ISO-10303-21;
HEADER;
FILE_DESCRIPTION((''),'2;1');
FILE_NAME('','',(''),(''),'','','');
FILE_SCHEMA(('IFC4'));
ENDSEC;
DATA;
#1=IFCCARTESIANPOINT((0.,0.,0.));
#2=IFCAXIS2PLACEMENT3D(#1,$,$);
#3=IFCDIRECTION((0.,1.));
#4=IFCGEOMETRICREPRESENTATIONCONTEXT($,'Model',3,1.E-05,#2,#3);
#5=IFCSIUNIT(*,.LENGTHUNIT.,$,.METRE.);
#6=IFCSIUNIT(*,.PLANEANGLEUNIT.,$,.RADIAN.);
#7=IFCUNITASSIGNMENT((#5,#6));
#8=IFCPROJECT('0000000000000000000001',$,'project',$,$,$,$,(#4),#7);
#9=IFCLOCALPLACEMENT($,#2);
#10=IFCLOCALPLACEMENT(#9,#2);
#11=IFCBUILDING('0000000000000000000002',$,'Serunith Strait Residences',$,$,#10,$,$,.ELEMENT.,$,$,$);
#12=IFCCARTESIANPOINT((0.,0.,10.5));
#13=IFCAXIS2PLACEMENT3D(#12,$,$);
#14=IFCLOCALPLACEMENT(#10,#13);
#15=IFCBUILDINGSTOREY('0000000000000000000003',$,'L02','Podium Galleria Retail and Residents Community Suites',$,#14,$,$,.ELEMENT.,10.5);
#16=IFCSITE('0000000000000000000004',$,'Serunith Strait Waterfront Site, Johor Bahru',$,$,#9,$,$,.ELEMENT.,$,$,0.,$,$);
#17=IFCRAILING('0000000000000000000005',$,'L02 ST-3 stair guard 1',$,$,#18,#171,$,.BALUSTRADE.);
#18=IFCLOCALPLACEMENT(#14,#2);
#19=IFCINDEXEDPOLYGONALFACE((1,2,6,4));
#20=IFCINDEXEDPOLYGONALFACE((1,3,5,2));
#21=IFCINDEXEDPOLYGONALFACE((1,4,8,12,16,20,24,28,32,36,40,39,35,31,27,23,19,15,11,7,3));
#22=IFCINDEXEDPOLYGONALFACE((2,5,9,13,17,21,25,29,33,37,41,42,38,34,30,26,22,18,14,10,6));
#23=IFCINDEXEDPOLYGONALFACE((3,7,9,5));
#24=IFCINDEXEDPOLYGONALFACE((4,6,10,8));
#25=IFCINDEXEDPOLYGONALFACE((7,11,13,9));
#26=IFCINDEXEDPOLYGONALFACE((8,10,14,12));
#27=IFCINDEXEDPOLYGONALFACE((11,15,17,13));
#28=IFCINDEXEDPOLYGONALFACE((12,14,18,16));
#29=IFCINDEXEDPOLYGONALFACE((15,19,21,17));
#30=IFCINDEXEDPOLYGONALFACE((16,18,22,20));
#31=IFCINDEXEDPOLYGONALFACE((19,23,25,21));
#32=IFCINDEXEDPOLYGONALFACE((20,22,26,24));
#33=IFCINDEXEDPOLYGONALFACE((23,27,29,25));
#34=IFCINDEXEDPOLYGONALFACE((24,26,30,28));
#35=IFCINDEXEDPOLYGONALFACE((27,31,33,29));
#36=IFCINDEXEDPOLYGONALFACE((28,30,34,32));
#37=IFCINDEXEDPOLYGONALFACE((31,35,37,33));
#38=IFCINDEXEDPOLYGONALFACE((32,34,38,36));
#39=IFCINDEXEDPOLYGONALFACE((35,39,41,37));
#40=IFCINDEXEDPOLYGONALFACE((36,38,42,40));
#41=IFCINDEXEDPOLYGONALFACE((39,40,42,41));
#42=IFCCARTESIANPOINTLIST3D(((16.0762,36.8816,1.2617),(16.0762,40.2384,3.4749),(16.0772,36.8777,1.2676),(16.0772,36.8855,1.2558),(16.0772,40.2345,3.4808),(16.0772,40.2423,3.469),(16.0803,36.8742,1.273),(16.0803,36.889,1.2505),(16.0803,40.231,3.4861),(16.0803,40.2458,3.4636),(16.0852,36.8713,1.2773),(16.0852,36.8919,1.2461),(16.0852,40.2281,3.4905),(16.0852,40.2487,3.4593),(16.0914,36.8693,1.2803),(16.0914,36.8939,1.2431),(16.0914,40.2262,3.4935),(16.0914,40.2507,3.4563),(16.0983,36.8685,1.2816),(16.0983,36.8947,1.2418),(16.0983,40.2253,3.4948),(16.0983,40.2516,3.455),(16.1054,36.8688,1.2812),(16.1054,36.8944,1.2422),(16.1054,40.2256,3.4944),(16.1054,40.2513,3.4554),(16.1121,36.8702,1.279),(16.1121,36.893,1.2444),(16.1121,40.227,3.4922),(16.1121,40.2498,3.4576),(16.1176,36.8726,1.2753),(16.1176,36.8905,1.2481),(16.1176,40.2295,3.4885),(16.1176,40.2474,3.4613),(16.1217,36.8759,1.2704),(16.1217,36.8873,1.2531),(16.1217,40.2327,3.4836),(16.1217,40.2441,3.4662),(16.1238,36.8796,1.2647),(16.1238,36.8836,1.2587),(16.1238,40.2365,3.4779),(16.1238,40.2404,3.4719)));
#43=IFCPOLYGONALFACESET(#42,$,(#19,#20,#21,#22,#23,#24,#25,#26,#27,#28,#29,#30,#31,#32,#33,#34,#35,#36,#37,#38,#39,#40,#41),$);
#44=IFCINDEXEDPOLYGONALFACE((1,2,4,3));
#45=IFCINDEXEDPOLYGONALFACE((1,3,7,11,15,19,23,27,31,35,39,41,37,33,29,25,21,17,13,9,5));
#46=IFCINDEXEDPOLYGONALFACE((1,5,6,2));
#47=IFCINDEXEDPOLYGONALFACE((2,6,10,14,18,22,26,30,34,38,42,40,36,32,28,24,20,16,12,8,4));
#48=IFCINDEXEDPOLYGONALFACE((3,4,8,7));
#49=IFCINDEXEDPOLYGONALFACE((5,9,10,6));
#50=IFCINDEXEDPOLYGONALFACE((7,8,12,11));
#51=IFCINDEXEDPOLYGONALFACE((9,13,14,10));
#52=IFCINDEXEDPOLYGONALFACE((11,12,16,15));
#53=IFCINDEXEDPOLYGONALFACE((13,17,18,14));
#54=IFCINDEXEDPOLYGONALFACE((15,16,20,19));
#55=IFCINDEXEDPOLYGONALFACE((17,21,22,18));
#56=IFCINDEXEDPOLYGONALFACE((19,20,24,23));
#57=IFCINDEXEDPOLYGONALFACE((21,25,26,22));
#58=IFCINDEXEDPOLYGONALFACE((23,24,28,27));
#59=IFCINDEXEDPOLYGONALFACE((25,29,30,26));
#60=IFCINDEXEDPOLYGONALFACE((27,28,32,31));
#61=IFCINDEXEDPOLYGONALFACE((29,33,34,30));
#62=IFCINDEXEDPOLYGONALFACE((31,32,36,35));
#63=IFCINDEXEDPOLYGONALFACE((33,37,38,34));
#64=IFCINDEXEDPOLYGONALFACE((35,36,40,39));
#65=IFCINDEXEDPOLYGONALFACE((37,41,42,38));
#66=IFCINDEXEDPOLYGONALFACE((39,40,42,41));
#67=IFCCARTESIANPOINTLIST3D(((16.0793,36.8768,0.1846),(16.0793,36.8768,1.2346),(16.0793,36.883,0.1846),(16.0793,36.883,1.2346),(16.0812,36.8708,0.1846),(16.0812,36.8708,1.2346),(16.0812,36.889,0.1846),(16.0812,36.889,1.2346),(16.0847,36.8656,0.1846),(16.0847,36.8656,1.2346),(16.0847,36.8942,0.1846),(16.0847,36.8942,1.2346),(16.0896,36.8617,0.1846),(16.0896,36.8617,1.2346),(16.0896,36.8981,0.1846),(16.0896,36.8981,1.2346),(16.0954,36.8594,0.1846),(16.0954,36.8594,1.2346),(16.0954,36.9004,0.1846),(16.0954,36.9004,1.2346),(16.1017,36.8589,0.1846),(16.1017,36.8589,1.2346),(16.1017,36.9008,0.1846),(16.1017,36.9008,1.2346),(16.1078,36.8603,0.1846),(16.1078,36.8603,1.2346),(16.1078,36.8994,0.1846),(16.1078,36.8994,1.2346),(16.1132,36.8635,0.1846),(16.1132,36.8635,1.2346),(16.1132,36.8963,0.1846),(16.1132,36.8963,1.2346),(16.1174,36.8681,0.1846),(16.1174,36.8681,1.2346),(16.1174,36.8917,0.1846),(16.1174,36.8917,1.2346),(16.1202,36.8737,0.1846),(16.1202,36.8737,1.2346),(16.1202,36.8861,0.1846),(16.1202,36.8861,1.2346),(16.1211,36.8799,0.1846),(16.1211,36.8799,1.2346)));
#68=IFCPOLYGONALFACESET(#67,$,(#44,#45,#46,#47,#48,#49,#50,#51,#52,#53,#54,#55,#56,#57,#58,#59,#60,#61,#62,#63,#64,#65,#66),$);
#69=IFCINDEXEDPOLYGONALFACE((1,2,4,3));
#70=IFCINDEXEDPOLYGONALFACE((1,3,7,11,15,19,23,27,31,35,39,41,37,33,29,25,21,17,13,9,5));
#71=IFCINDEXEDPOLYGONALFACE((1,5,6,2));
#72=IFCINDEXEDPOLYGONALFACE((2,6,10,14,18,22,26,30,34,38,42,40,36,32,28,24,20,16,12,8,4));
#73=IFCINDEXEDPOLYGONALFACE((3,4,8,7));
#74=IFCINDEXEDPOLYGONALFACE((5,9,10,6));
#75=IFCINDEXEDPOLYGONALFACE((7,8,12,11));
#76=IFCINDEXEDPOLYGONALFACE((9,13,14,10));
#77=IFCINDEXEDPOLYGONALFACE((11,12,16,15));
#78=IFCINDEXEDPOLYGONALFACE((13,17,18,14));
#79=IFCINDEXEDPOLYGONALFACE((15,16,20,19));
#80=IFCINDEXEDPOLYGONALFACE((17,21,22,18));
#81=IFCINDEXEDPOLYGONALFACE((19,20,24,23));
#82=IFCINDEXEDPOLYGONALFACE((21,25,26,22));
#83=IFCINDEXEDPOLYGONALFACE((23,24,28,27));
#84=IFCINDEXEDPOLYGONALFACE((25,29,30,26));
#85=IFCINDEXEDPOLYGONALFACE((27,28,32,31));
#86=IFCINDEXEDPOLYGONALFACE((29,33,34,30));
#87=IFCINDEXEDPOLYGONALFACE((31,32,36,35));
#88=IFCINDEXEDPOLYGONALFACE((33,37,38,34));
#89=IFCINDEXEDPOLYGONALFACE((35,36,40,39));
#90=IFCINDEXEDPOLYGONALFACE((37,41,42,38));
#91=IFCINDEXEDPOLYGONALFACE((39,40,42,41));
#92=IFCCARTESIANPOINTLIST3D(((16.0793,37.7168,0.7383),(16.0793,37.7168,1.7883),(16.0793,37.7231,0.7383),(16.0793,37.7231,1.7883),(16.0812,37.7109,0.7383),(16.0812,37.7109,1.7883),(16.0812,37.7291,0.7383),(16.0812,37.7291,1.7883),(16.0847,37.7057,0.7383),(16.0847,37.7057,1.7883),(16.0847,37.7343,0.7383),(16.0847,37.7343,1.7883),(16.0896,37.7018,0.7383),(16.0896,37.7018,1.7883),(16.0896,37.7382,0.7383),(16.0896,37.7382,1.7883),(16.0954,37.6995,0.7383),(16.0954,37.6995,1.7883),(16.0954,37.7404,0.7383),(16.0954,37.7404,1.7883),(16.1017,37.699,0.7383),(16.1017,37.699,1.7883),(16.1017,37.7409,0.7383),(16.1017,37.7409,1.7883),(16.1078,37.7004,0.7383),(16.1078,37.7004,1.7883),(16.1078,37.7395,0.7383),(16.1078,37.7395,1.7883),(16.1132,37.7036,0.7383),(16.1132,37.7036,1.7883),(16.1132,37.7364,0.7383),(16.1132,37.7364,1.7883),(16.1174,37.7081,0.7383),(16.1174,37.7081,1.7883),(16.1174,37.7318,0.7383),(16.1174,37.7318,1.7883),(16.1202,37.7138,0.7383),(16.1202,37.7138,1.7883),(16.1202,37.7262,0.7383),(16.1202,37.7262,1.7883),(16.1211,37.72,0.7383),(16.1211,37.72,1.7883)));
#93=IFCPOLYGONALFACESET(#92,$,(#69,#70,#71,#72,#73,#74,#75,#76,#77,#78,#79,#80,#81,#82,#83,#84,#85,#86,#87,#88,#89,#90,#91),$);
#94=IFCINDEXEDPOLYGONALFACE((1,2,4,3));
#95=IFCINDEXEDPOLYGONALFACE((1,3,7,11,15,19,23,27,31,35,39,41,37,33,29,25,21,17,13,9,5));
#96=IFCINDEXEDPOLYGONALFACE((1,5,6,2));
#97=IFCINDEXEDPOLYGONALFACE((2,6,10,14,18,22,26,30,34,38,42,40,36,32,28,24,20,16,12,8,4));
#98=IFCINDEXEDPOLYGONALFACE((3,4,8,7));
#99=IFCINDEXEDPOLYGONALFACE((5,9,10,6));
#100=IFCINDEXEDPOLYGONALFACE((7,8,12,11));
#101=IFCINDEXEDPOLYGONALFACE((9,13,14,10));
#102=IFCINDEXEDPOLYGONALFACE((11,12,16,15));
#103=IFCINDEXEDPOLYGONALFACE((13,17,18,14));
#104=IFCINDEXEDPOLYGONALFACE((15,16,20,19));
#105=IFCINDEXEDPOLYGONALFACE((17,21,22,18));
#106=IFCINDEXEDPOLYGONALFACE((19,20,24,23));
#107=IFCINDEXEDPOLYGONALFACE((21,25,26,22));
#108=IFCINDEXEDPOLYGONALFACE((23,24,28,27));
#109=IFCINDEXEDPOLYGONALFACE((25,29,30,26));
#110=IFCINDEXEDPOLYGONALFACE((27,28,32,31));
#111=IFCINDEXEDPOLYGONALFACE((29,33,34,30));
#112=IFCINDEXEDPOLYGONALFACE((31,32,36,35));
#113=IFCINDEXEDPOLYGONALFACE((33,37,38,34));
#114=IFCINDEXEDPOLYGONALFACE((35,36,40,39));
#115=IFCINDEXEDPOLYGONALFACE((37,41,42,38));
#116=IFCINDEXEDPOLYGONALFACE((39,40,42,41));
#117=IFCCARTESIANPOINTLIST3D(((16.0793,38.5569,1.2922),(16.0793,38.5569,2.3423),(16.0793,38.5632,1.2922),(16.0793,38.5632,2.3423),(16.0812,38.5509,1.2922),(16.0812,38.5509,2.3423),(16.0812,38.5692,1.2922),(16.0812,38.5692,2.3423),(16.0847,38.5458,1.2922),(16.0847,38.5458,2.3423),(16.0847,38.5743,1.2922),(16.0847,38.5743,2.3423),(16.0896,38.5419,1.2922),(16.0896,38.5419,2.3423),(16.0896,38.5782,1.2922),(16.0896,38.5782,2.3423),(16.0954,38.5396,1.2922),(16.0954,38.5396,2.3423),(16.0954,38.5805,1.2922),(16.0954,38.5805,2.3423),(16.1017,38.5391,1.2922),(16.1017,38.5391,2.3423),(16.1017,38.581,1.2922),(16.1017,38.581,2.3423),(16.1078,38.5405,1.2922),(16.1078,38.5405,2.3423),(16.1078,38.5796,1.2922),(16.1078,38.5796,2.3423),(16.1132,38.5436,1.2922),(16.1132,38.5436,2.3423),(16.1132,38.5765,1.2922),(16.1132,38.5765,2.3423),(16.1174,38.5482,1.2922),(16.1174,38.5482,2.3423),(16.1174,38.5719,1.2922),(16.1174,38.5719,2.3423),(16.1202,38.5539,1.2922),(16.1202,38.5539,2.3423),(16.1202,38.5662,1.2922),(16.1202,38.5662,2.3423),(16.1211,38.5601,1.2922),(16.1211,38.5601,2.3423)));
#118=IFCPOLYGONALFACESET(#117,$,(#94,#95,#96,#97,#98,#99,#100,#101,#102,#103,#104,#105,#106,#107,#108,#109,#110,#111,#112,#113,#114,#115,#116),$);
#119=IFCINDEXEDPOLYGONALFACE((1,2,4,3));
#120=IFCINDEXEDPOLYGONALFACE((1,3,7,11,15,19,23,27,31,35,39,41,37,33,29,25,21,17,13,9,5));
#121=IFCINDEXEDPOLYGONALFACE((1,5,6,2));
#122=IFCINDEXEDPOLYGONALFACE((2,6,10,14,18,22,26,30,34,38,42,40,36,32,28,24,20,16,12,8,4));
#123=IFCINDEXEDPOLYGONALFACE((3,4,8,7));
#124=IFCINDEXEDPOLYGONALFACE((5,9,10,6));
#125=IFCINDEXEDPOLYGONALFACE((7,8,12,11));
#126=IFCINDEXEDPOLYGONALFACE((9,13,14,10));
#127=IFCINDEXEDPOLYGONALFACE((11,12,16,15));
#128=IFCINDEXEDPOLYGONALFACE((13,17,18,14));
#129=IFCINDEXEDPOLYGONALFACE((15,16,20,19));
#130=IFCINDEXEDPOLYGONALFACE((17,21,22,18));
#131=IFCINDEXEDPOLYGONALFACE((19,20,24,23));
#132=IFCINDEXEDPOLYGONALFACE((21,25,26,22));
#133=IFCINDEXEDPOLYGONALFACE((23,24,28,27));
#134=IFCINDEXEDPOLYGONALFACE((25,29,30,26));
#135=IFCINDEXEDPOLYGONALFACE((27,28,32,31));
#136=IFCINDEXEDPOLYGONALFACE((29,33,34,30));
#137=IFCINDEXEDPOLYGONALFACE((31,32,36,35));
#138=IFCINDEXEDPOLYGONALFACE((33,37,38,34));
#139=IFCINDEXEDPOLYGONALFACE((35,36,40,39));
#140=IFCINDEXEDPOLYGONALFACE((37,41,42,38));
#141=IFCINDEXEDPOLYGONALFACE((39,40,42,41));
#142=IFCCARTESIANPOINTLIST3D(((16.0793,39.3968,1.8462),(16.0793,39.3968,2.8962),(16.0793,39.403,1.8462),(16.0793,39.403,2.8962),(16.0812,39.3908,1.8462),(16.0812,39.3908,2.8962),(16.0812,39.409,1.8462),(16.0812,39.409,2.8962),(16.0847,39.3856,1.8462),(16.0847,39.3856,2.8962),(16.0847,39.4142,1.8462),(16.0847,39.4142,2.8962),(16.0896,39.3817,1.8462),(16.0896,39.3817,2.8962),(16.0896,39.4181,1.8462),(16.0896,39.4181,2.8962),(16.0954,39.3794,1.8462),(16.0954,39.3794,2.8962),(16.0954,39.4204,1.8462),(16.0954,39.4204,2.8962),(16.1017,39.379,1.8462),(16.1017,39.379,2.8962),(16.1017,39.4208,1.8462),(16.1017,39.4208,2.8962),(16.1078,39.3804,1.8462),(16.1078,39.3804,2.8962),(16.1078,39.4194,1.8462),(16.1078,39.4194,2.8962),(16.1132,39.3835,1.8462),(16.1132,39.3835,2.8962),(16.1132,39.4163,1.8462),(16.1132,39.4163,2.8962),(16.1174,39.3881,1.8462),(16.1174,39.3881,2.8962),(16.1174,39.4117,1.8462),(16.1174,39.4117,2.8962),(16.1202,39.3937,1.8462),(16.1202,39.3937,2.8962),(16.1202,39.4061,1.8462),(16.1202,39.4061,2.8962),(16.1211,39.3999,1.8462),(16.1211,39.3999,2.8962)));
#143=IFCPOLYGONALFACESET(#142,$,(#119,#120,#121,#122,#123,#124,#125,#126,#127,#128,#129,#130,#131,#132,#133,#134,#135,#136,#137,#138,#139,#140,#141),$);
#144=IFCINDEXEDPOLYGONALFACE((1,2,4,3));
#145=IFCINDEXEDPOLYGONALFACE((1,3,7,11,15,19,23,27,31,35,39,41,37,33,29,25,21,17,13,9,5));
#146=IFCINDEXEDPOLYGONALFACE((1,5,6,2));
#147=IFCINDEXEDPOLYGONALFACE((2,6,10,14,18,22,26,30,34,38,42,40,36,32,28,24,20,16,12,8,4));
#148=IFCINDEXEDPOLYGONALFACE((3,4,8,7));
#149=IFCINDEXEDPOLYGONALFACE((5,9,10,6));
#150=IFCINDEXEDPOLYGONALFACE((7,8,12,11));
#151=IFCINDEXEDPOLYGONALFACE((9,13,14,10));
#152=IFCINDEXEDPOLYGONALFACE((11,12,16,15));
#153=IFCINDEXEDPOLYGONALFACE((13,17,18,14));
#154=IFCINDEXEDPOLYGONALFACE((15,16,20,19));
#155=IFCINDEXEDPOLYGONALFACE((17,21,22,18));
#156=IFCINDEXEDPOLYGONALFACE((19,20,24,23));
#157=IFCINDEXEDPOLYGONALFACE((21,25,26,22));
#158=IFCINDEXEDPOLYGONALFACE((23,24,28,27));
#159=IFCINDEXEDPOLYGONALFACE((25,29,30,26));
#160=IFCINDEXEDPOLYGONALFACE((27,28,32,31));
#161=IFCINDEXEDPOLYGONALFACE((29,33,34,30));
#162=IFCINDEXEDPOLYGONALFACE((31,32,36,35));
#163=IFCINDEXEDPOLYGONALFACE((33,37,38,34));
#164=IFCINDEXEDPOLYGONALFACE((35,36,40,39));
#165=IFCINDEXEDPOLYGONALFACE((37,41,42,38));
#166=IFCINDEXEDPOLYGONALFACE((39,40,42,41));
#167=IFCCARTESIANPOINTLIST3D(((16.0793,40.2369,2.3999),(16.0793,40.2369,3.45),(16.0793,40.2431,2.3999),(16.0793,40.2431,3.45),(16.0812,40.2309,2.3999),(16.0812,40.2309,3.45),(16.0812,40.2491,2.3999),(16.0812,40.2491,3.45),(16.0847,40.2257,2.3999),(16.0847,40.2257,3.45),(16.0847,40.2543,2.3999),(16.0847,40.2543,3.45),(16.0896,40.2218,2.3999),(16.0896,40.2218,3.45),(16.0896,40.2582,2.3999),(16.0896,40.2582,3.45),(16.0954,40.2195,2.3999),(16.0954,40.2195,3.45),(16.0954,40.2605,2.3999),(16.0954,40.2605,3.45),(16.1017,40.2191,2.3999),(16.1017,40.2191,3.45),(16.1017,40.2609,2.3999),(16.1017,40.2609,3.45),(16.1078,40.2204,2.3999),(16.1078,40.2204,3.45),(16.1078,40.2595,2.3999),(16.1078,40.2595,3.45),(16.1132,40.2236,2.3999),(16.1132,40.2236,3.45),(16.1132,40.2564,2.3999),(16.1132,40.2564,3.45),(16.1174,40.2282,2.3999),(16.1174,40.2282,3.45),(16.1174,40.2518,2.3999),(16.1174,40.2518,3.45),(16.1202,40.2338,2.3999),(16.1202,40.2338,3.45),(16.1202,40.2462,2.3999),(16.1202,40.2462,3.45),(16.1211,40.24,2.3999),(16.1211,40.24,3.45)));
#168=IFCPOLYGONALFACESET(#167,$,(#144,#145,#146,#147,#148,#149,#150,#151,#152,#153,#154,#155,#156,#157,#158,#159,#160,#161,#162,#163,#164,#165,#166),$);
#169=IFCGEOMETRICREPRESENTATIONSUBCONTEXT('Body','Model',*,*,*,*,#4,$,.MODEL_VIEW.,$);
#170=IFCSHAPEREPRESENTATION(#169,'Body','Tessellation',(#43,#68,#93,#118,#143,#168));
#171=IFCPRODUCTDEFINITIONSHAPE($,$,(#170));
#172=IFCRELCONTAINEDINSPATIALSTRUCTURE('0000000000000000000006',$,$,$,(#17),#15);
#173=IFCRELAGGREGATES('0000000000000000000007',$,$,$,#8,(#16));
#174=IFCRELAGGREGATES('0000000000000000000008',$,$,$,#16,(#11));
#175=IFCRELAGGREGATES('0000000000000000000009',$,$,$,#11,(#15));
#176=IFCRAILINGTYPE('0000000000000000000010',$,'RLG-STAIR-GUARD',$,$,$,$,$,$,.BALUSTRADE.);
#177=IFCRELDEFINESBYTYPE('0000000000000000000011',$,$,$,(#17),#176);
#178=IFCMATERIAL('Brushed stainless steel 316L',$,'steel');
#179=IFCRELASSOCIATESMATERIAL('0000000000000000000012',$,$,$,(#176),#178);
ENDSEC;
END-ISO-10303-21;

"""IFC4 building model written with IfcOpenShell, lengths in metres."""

from ifc_helpers import new_model, si_unit, direction, frame, origin, origin_2d, place, context, subcontext, project, spatial, circle, extrude, material, type_object, element, save


model = new_model("IFC4")

# Units and contexts
model_context = context("Model", 3, precision=1e-05, world=origin(), true_north=direction((0.0, 1.0)))
body_context = subcontext(model_context, "Body", "Model", "MODEL_VIEW")
ifc_project = project(units=[si_unit("LENGTHUNIT", "METRE"), si_unit("PLANEANGLEUNIT", "RADIAN")], contexts=[model_context])

# Site, building, storey
site_placement = place(None, origin())
site = spatial("IfcSite", under=ifc_project, at=site_placement, Name="Serunith Strait Waterfront Site, Johor Bahru", CompositionType="ELEMENT", RefElevation=0.0)
building_placement = place(site_placement, origin())
building = spatial("IfcBuilding", under=site, at=building_placement, Name="Serunith Strait Residences", CompositionType="ELEMENT")
storey_placement = place(building_placement, frame((0.0, 0.0, 10.5)))
storey = spatial("IfcBuildingStorey", under=building, at=storey_placement, Name="L02", Description="Podium Galleria Retail and Residents Community Suites", CompositionType="ELEMENT", Elevation=10.5)

# Railing
ifc_material_1 = material(Name="Brushed stainless steel 316L", Category="steel")
railing_type_1 = type_object("IfcRailingType", Name="RLG-STAIR-GUARD", PredefinedType="BALUSTRADE", material=ifc_material_1)
railing_1_placement = place(storey_placement, frame((16.1001, 36.8799, 0.1846)))
element("IfcRailing", 1, at=railing_1_placement, inside=storey, type_object=railing_type_1, Name="L02 ST-3 stair guard 1", PredefinedType="BALUSTRADE", context=body_context, shape_type="SweptSolid", body=[
    extrude(circle(Radius=0.0239, at=origin_2d()), frame((0.0, 0.0017, 1.0771), z_axis=(0.0, 0.834876, 0.550437), x_axis=(-1.0, 0.0, 0.0)), (0.0, 0.0, 1.0), 4.0208),
    extrude(circle(Radius=0.021, at=origin_2d()), origin(), (0.0, 0.0, 1.0), 1.05),
    extrude(circle(Radius=0.021, at=origin_2d()), frame((0.0, 0.8401, 0.5537)), (0.0, 0.0, 1.0), 1.05),
    extrude(circle(Radius=0.021, at=origin_2d()), frame((0.0, 1.6802, 1.1077)), (0.0, 0.0, 1.0), 1.05),
    extrude(circle(Radius=0.021, at=origin_2d()), frame((0.0, 2.52, 1.6616)), (0.0, 0.0, 1.0), 1.05),
    extrude(circle(Radius=0.021, at=origin_2d()), frame((0.0, 3.3601, 2.2153)), (0.0, 0.0, 1.0), 1.05),
])

save(model, "model.ifc")
